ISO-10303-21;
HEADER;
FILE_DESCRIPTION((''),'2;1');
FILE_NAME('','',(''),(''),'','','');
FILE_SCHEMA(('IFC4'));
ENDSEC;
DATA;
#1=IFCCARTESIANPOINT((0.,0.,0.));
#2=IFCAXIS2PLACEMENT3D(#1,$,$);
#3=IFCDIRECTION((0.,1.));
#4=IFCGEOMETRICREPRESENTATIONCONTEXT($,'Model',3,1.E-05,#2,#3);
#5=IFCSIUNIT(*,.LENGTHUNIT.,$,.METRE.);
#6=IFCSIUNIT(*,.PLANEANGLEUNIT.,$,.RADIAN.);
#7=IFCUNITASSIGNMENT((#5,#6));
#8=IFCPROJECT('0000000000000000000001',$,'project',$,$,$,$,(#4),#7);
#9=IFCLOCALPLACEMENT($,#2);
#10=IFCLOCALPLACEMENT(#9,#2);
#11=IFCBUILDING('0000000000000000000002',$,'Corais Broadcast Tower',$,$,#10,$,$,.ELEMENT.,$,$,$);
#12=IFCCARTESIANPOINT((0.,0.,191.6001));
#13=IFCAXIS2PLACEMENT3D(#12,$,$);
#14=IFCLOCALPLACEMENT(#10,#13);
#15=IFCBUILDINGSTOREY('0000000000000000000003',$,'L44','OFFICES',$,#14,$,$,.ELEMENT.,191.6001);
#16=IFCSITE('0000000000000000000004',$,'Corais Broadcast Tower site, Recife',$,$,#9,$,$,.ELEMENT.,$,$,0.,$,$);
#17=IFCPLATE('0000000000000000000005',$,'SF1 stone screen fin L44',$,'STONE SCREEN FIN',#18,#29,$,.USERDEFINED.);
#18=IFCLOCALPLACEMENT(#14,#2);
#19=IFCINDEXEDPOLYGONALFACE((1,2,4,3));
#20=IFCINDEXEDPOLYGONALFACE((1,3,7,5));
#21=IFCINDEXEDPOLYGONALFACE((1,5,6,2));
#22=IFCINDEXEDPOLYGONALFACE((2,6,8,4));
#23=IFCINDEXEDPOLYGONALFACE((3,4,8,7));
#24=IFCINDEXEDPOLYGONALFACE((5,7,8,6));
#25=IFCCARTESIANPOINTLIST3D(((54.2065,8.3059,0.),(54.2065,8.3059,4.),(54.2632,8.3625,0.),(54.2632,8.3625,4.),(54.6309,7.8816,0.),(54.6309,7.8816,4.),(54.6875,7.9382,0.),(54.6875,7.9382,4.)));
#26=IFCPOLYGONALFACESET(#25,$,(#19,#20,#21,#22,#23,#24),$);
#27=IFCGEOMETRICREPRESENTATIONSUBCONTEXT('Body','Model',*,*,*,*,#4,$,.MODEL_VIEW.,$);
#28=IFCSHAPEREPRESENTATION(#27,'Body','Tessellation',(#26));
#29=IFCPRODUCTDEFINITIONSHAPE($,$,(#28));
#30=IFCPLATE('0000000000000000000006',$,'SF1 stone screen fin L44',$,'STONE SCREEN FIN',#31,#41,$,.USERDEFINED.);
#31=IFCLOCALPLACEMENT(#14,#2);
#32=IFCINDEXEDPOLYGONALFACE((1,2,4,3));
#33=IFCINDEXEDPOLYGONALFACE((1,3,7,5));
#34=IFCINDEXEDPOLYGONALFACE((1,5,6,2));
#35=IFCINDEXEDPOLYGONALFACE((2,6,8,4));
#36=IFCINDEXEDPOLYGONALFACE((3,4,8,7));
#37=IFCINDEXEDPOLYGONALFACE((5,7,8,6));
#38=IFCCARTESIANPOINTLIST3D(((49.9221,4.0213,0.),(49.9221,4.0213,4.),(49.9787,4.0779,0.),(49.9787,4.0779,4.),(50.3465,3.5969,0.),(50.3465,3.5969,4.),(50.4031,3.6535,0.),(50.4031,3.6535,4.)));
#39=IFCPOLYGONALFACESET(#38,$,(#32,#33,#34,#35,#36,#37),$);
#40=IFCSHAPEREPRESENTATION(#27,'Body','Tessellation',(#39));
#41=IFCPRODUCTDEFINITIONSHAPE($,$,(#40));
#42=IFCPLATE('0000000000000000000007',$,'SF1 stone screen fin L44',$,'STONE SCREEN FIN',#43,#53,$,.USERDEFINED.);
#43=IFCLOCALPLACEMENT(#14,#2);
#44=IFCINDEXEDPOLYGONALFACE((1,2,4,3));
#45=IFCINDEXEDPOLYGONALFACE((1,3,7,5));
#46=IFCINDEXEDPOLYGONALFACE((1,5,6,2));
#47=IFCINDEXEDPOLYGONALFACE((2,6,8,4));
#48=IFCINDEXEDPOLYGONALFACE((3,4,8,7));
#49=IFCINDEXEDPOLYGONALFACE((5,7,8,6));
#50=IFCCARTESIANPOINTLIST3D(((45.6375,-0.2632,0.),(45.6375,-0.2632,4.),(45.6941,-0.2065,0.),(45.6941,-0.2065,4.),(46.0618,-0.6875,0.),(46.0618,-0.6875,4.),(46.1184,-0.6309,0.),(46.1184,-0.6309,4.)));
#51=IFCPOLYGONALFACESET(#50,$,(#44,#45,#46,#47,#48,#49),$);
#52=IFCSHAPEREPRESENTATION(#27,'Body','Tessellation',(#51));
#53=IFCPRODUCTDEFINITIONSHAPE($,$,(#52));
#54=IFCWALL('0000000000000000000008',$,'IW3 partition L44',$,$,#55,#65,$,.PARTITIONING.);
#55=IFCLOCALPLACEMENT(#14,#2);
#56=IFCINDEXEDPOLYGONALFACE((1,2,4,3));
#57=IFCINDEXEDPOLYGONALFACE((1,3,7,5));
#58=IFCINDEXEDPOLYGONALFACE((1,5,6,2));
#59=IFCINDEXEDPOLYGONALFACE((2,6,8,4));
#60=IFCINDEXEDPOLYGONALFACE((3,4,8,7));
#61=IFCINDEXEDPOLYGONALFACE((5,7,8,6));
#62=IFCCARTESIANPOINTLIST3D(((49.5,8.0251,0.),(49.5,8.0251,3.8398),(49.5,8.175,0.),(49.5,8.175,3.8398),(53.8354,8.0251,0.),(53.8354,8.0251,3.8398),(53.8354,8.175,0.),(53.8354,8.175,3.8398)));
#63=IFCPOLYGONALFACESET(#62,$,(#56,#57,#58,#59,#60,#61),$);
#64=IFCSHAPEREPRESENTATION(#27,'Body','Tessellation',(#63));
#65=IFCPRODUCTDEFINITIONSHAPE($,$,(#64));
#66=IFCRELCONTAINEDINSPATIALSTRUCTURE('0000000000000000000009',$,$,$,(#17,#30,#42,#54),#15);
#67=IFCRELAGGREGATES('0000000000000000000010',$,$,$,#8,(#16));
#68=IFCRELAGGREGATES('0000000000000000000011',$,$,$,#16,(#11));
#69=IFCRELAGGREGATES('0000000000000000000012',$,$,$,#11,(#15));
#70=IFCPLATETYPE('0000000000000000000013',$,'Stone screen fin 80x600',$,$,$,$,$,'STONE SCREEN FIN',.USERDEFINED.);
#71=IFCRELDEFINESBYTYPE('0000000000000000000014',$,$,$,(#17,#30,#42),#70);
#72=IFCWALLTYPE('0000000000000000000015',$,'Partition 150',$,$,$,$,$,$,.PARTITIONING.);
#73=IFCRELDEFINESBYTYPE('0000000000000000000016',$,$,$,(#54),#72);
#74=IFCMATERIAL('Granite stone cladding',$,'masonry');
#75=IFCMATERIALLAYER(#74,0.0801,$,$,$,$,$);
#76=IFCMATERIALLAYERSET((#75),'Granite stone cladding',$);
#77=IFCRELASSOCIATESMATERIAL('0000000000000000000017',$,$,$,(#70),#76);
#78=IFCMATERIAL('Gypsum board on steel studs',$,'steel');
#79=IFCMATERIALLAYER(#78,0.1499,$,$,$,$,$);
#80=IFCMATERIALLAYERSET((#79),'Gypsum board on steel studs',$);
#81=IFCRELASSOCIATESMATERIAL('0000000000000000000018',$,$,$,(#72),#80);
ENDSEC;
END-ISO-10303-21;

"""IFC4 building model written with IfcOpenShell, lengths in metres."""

from ifc_helpers import new_model, si_unit, direction, frame, frame_2d, origin, origin_2d, place, context, subcontext, project, spatial, rectangle, extrude, material, layer, layer_set, type_object, element, save


model = new_model("IFC4")

# Units and contexts
model_context = context("Model", 3, precision=1e-05, world=origin(), true_north=direction((0.0, 1.0)))
body_context = subcontext(model_context, "Body", "Model", "MODEL_VIEW")
ifc_project = project(units=[si_unit("LENGTHUNIT", "METRE"), si_unit("PLANEANGLEUNIT", "RADIAN")], contexts=[model_context])

# Site, building, storey
site_placement = place(None, origin())
site = spatial("IfcSite", under=ifc_project, at=site_placement, Name="Corais Broadcast Tower site, Recife", CompositionType="ELEMENT", RefElevation=0.0)
building_placement = place(site_placement, origin())
building = spatial("IfcBuilding", under=site, at=building_placement, Name="Corais Broadcast Tower", CompositionType="ELEMENT")
storey_placement = place(building_placement, frame((0.0, 0.0, 191.6001)))
storey = spatial("IfcBuildingStorey", under=building, at=storey_placement, Name="L44", Description="OFFICES", CompositionType="ELEMENT", Elevation=191.6001)

# Plates
ifc_material_1 = material(Name="Granite stone cladding", Category="masonry")
ifc_layer_1 = layer(ifc_material_1, 0.0801)
ifc_layer_set_1 = layer_set([ifc_layer_1], Name="Granite stone cladding")
plate_type_1 = type_object("IfcPlateType", Name="Stone screen fin 80x600", ElementType="STONE SCREEN FIN", PredefinedType="USERDEFINED", material=ifc_layer_set_1)
for number, where, z_axis, x_axis, name in (
    (1, (54.447, 8.1221, 0.0), (0.0, 0.0, 1.0), (-0.707107, -0.707107, 0.0), "SF1 stone screen fin L44"),
    (2, (50.1626, 3.8374, 0.0), (0.0, 0.0, 1.0), (-0.707107, -0.707107, 0.0), "SF1 stone screen fin L44"),
    (3, (45.8779, -0.447, 0.0), (0.0, 0.0, 1.0), (-0.707107, -0.707107, 0.0), "SF1 stone screen fin L44"),
):
    element("IfcPlate", number, at=place(storey_placement, frame(where, z_axis=z_axis, x_axis=x_axis)), inside=storey, type_object=plate_type_1, Name=name, ObjectType="STONE SCREEN FIN", PredefinedType="USERDEFINED", context=body_context, shape_type="SweptSolid", body=[
        extrude(rectangle(XDim=0.0801, YDim=0.6001, at=origin_2d()), origin(), (0.0, 0.0, 1.0), 4.0),
    ])

# Wall
ifc_material_2 = material(Name="Gypsum board on steel studs", Category="steel")
ifc_layer_2 = layer(ifc_material_2, 0.1499)
ifc_layer_set_2 = layer_set([ifc_layer_2], Name="Gypsum board on steel studs")
wall_type = type_object("IfcWallType", Name="Partition 150", PredefinedType="PARTITIONING", material=ifc_layer_set_2)
wall_placement = place(storey_placement, frame((49.5, 8.1001, 0.0), z_axis=(0.0, 0.0, 1.0), x_axis=(1.0, 0.0, 0.0)))
element("IfcWall", 4, at=wall_placement, inside=storey, type_object=wall_type, Name="IW3 partition L44", PredefinedType="PARTITIONING", context=body_context, shape_type="SweptSolid", body=[
    extrude(rectangle(XDim=4.3354, YDim=0.1499, at=frame_2d((2.1677, 0.0))), origin(), (0.0, 0.0, 1.0), 3.8398),
])

save(model, "model.ifc")
